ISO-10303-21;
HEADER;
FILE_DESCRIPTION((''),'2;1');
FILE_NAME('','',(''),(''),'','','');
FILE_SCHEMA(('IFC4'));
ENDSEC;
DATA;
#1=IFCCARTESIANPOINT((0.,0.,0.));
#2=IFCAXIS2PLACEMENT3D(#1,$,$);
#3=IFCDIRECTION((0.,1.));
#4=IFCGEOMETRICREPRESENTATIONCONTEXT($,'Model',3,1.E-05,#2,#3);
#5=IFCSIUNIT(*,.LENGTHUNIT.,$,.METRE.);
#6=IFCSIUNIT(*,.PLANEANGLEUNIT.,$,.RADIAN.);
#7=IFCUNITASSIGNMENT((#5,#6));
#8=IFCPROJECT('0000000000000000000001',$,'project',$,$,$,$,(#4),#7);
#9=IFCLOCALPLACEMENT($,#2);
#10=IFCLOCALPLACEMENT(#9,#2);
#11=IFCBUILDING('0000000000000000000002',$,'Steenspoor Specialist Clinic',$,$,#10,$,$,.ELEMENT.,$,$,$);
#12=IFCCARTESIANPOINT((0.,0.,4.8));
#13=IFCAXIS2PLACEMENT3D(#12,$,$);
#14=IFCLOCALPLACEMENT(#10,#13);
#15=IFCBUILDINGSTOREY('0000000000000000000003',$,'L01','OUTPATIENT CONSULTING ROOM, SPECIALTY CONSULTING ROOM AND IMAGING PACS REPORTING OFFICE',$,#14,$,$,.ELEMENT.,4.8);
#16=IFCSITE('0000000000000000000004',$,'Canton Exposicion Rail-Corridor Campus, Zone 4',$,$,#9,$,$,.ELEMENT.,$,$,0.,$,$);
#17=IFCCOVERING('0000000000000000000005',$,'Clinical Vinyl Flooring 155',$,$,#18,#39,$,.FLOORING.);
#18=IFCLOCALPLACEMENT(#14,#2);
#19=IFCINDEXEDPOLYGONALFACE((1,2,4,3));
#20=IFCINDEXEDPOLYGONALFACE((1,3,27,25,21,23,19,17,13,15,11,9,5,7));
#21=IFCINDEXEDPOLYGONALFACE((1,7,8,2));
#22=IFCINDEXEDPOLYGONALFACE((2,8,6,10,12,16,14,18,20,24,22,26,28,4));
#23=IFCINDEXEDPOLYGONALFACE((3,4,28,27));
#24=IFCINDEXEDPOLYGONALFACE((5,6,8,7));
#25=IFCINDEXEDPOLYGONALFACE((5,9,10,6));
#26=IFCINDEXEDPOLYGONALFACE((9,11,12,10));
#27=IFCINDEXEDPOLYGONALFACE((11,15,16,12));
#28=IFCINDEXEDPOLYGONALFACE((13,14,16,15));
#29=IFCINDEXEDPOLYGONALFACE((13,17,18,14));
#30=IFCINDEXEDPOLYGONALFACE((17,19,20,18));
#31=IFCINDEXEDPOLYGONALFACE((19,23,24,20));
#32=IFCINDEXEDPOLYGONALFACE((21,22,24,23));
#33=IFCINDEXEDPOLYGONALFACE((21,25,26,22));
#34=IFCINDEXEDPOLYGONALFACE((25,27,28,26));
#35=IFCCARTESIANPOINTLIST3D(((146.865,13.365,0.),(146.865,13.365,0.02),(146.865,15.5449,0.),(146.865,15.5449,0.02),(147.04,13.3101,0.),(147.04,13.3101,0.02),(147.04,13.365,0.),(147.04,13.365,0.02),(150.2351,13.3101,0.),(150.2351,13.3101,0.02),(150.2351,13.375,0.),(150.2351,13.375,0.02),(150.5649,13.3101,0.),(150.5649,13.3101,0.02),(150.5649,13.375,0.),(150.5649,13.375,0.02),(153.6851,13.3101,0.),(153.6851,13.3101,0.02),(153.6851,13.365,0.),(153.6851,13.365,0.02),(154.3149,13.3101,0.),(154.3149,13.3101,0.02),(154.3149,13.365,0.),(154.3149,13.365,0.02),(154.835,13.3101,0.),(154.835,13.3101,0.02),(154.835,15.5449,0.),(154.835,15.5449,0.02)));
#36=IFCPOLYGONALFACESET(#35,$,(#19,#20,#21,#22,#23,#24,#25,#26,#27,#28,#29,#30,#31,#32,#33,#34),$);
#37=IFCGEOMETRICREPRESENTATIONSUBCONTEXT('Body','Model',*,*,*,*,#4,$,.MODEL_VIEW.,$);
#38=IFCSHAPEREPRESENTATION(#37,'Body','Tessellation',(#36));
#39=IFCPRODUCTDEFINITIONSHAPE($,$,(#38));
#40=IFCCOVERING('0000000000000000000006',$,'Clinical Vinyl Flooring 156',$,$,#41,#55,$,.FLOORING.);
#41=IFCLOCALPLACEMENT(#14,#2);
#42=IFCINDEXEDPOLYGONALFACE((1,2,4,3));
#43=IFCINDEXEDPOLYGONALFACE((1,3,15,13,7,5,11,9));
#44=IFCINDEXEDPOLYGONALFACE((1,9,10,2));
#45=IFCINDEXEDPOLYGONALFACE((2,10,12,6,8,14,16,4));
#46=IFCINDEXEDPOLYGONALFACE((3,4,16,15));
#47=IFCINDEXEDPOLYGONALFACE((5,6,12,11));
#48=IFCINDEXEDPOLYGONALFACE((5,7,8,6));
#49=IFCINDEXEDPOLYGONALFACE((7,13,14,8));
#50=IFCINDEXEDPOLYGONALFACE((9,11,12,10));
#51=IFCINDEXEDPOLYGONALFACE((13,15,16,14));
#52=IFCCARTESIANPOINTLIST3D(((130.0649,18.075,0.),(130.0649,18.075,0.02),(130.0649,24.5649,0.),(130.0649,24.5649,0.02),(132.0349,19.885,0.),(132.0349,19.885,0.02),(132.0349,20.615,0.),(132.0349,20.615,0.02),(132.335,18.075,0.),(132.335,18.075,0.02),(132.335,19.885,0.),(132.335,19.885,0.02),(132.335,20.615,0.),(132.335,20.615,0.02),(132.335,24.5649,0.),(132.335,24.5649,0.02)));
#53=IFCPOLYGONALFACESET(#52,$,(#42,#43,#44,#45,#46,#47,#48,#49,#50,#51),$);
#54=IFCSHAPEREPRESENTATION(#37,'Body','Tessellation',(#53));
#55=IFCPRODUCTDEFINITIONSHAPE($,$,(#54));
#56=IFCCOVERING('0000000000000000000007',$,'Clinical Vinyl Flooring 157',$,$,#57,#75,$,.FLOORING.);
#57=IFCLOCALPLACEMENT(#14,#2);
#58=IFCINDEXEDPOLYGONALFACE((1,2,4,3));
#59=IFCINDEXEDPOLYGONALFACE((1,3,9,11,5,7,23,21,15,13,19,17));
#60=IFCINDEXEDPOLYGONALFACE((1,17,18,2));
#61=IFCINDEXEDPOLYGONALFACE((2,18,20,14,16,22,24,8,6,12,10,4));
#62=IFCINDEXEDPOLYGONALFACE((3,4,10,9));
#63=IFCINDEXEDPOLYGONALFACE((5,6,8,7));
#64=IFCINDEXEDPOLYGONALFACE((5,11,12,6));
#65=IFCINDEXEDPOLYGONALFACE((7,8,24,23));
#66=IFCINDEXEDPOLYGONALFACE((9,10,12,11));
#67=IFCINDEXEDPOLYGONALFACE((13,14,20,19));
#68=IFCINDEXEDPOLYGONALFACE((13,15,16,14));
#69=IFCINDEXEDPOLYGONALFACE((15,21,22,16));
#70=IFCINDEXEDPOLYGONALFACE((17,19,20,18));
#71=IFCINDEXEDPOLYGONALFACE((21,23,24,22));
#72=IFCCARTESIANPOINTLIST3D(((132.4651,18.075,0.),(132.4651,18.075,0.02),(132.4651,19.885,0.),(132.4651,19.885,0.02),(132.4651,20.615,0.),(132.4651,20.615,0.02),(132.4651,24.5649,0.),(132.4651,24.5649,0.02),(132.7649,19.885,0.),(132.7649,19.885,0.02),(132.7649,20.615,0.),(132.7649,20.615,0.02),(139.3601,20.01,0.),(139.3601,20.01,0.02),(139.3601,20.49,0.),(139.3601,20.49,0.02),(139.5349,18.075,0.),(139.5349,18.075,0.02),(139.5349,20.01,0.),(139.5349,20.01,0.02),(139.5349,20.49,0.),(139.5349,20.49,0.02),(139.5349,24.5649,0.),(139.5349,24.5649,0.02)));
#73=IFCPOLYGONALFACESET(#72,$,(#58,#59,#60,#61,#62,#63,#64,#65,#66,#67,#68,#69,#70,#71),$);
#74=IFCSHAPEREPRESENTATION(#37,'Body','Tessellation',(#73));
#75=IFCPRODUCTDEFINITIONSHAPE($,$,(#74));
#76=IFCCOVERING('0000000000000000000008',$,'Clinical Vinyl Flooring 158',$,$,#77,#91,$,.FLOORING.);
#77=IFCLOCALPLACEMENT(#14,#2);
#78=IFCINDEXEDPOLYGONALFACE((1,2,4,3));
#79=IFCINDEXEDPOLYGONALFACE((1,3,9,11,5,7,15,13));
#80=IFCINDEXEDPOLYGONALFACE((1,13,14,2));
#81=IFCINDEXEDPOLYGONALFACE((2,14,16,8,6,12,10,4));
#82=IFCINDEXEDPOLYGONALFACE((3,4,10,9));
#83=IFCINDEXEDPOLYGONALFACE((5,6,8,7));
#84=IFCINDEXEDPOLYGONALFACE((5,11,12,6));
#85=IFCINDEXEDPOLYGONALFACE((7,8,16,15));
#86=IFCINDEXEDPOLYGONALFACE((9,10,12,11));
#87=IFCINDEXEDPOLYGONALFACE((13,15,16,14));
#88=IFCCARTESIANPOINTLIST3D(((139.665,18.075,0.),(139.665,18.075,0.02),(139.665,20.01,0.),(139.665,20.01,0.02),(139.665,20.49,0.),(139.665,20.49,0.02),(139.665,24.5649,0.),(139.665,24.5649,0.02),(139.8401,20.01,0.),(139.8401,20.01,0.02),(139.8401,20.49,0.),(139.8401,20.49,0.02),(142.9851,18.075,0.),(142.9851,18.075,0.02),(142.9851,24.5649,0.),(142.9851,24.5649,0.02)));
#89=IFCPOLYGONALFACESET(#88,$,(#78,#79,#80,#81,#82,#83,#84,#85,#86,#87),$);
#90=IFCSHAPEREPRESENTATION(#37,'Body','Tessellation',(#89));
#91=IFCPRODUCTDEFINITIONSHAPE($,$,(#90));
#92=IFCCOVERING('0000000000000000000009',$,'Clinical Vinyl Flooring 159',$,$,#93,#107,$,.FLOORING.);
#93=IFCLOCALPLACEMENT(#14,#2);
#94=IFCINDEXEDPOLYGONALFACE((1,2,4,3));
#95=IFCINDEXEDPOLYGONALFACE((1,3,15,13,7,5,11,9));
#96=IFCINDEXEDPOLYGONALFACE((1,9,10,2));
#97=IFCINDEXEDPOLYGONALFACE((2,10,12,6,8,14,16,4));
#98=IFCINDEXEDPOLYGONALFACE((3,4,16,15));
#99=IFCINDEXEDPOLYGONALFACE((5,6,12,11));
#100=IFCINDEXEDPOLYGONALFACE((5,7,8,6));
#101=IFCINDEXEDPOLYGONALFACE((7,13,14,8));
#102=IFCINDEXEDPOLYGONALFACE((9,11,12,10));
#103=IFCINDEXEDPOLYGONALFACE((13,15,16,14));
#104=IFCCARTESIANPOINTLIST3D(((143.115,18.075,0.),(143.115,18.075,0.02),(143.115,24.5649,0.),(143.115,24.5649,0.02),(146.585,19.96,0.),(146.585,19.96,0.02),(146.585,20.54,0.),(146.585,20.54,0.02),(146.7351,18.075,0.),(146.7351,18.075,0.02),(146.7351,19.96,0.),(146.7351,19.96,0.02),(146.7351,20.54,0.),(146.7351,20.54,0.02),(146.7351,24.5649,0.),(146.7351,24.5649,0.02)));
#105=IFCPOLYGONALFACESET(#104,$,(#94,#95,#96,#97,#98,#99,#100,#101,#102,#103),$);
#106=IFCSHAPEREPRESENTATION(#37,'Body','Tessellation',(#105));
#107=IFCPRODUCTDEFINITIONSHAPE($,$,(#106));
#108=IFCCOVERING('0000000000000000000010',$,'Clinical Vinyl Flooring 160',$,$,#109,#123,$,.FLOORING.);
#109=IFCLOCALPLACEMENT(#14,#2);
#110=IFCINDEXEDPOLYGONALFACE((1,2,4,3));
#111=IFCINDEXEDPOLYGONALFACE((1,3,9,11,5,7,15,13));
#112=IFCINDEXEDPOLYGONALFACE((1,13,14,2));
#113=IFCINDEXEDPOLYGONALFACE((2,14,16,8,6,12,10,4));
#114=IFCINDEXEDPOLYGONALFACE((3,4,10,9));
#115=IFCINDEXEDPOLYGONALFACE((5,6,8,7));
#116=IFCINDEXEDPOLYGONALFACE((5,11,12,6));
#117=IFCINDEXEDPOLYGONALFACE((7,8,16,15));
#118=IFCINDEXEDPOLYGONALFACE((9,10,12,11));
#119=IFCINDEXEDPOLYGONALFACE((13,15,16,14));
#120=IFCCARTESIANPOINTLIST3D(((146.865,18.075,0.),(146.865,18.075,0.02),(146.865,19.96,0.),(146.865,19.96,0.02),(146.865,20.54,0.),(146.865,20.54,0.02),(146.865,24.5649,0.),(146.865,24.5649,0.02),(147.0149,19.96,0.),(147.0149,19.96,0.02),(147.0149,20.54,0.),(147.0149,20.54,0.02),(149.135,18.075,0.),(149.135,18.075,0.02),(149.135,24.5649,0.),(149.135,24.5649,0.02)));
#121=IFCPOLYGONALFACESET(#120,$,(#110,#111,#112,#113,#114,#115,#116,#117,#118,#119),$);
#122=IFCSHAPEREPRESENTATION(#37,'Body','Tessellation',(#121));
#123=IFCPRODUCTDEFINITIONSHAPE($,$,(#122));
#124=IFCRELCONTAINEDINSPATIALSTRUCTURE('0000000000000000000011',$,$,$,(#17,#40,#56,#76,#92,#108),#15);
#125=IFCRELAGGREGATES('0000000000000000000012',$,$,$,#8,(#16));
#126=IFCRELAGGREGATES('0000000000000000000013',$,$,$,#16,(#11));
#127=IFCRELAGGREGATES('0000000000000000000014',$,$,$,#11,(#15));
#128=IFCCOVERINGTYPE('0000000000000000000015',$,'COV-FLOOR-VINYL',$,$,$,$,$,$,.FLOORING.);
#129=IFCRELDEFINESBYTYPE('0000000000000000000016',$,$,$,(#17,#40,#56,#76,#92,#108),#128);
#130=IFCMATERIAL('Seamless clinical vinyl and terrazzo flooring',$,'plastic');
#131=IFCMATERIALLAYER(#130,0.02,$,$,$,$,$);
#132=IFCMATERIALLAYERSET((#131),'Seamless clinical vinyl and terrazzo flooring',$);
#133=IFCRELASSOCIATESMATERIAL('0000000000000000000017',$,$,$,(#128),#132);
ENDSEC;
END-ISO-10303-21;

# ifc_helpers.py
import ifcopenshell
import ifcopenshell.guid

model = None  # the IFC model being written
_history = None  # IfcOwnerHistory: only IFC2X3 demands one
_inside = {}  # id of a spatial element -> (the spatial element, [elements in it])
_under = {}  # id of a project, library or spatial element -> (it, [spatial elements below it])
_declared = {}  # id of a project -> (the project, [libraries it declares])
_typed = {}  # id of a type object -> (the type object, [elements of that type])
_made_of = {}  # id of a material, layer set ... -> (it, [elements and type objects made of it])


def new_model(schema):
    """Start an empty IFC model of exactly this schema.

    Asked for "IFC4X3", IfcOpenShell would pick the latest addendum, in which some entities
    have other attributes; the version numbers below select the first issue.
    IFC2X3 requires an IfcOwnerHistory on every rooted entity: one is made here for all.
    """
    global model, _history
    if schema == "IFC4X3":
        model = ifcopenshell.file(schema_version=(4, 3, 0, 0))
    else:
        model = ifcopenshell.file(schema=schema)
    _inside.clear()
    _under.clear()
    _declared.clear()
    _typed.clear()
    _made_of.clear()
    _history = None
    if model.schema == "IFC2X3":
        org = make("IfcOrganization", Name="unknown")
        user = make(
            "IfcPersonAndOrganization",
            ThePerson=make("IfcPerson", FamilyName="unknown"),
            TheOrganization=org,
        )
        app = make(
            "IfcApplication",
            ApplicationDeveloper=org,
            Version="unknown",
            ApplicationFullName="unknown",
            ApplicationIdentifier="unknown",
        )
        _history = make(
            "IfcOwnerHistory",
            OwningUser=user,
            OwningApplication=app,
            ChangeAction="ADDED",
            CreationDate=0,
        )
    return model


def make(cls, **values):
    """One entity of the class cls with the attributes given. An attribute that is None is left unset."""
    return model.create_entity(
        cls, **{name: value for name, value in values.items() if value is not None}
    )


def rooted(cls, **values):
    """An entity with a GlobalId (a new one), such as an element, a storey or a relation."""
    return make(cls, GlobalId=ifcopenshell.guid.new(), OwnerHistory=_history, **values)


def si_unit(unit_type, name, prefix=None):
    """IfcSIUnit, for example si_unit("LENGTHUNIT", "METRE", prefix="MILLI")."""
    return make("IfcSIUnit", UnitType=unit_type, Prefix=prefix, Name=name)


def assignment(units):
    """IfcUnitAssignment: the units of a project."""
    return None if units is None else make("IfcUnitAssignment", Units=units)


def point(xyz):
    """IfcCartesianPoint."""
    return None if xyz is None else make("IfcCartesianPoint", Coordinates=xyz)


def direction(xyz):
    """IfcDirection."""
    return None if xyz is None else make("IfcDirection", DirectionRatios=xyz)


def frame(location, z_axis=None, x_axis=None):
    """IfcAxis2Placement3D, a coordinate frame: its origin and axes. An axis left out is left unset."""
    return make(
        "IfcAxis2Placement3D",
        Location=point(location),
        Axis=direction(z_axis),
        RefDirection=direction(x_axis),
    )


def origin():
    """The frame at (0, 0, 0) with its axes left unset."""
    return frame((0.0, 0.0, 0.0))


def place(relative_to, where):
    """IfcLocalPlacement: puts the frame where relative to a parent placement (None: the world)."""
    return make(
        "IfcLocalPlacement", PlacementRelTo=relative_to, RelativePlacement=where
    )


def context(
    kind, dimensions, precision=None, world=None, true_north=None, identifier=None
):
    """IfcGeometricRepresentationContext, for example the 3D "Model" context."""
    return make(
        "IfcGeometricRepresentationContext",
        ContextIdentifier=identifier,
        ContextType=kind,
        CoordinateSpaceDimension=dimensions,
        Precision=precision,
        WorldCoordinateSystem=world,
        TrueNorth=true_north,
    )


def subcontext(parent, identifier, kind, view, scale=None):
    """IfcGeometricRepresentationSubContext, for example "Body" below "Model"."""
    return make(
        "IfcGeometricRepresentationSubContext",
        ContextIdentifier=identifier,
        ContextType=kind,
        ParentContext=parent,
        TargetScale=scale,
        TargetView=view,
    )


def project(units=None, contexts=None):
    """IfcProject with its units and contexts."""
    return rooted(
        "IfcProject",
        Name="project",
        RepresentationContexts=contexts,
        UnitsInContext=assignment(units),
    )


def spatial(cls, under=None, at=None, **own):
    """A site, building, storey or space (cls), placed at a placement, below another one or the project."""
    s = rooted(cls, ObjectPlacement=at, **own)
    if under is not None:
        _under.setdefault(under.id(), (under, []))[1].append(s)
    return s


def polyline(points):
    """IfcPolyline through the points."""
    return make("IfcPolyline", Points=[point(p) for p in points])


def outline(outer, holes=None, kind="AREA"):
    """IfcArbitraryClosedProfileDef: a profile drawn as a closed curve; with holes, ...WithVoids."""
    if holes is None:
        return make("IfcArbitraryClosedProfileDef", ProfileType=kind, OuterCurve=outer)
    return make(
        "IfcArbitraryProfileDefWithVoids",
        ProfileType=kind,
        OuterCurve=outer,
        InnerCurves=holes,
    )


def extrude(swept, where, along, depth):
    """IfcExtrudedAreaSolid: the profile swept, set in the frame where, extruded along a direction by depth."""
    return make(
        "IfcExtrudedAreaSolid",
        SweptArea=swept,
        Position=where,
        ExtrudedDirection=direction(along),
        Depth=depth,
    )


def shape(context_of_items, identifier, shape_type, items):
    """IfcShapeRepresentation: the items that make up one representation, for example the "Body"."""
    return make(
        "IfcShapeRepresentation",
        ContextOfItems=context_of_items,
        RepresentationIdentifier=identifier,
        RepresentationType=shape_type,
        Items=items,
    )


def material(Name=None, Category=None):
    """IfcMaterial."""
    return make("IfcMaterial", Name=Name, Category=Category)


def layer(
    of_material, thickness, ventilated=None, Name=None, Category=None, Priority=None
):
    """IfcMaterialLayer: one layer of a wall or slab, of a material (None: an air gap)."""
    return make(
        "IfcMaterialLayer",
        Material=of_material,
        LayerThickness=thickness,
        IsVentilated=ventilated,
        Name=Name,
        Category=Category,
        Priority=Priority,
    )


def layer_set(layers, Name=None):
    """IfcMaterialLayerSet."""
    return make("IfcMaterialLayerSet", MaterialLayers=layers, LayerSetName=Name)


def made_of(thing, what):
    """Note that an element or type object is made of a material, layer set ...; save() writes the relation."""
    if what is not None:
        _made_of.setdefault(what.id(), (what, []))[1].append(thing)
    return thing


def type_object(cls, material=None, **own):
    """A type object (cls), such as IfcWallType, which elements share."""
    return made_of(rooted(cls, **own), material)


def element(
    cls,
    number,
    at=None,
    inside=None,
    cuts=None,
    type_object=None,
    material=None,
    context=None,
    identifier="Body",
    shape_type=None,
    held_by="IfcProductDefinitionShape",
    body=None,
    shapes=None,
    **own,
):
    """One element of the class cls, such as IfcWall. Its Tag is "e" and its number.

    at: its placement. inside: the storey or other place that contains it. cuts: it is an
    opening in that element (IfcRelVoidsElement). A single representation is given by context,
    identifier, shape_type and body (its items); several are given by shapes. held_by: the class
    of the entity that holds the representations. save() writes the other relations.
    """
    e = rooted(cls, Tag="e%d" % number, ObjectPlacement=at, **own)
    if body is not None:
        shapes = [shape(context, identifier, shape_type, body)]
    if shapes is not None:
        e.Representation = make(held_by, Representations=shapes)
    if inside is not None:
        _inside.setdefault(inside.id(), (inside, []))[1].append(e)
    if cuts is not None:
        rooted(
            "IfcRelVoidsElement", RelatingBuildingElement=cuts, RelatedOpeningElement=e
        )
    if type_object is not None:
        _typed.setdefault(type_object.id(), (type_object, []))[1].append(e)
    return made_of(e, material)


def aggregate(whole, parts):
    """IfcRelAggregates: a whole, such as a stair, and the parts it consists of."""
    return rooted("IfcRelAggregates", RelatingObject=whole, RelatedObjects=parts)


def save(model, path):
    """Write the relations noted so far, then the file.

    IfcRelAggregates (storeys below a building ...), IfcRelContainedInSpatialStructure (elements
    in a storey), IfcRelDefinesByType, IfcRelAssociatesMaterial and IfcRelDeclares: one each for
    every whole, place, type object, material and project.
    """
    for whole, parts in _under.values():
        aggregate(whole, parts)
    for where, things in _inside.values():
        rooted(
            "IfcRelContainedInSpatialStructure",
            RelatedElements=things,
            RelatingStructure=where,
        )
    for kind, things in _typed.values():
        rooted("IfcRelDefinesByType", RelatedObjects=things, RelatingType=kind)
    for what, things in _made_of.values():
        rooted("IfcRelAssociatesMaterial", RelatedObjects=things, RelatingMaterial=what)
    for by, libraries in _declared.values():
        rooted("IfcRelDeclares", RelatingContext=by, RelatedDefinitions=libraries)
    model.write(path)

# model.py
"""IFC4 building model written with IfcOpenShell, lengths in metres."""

from ifc_helpers import new_model, si_unit, direction, frame, origin, place, context, subcontext, project, spatial, polyline, outline, extrude, material, layer, layer_set, type_object, element, save


model = new_model("IFC4")

# Units and contexts
model_context = context("Model", 3, precision=1e-05, world=origin(), true_north=direction((0.0, 1.0)))
body_context = subcontext(model_context, "Body", "Model", "MODEL_VIEW")
ifc_project = project(units=[si_unit("LENGTHUNIT", "METRE"), si_unit("PLANEANGLEUNIT", "RADIAN")], contexts=[model_context])

# Site, building, storey
site_placement = place(None, origin())
site = spatial("IfcSite", under=ifc_project, at=site_placement, Name="Canton Exposicion Rail-Corridor Campus, Zone 4", CompositionType="ELEMENT", RefElevation=0.0)
building_placement = place(site_placement, origin())
building = spatial("IfcBuilding", under=site, at=building_placement, Name="Steenspoor Specialist Clinic", CompositionType="ELEMENT")
storey_placement = place(building_placement, frame((0.0, 0.0, 4.8)))
storey = spatial("IfcBuildingStorey", under=building, at=storey_placement, Name="L01", Description="OUTPATIENT CONSULTING ROOM, SPECIALTY CONSULTING ROOM AND IMAGING PACS REPORTING OFFICE", CompositionType="ELEMENT", Elevation=4.8)

# Coverings
ifc_material_1 = material(Name="Seamless clinical vinyl and terrazzo flooring", Category="plastic")
ifc_layer_1 = layer(ifc_material_1, 0.02)
ifc_layer_set_1 = layer_set([ifc_layer_1], Name="Seamless clinical vinyl and terrazzo flooring")
covering_type_1 = type_object("IfcCoveringType", Name="COV-FLOOR-VINYL", PredefinedType="FLOORING", material=ifc_layer_set_1)
covering_1_placement = place(storey_placement, origin())
element("IfcCovering", 1, at=covering_1_placement, inside=storey, type_object=covering_type_1, Name="Clinical Vinyl Flooring 155", PredefinedType="FLOORING", context=body_context, shape_type="SweptSolid", body=[
    extrude(outline(polyline([(154.835, 13.3101), (154.3149, 13.3101), (154.3149, 13.365), (153.6851, 13.365), (153.6851, 13.3101), (150.5649, 13.3101), (150.5649, 13.375), (150.2351, 13.375), (150.2351, 13.3101), (147.04, 13.3101), (147.04, 13.365), (146.865, 13.365), (146.865, 15.5449), (154.835, 15.5449), (154.835, 13.3101)])), origin(), (0.0, 0.0, 1.0), 0.02),
])
covering_2_placement = place(storey_placement, origin())
element("IfcCovering", 2, at=covering_2_placement, inside=storey, type_object=covering_type_1, Name="Clinical Vinyl Flooring 156", PredefinedType="FLOORING", context=body_context, shape_type="SweptSolid", body=[
    extrude(outline(polyline([(130.0649, 18.075), (130.0649, 24.5649), (132.335, 24.5649), (132.335, 20.615), (132.0349, 20.615), (132.0349, 19.885), (132.335, 19.885), (132.335, 18.075), (130.0649, 18.075)])), origin(), (0.0, 0.0, 1.0), 0.02),
])
covering_3_placement = place(storey_placement, origin())
element("IfcCovering", 3, at=covering_3_placement, inside=storey, type_object=covering_type_1, Name="Clinical Vinyl Flooring 157", PredefinedType="FLOORING", context=body_context, shape_type="SweptSolid", body=[
    extrude(outline(polyline([(132.4651, 18.075), (132.4651, 19.885), (132.7649, 19.885), (132.7649, 20.615), (132.4651, 20.615), (132.4651, 24.5649), (139.5349, 24.5649), (139.5349, 20.49), (139.3601, 20.49), (139.3601, 20.01), (139.5349, 20.01), (139.5349, 18.075), (132.4651, 18.075)])), origin(), (0.0, 0.0, 1.0), 0.02),
])
covering_4_placement = place(storey_placement, origin())
element("IfcCovering", 4, at=covering_4_placement, inside=storey, type_object=covering_type_1, Name="Clinical Vinyl Flooring 158", PredefinedType="FLOORING", context=body_context, shape_type="SweptSolid", body=[
    extrude(outline(polyline([(139.665, 18.075), (139.665, 20.01), (139.8401, 20.01), (139.8401, 20.49), (139.665, 20.49), (139.665, 24.5649), (142.9851, 24.5649), (142.9851, 18.075), (139.665, 18.075)])), origin(), (0.0, 0.0, 1.0), 0.02),
])
covering_5_placement = place(storey_placement, origin())
element("IfcCovering", 5, at=covering_5_placement, inside=storey, type_object=covering_type_1, Name="Clinical Vinyl Flooring 159", PredefinedType="FLOORING", context=body_context, shape_type="SweptSolid", body=[
    extrude(outline(polyline([(143.115, 18.075), (143.115, 24.5649), (146.7351, 24.5649), (146.7351, 20.54), (146.585, 20.54), (146.585, 19.96), (146.7351, 19.96), (146.7351, 18.075), (143.115, 18.075)])), origin(), (0.0, 0.0, 1.0), 0.02),
])
covering_6_placement = place(storey_placement, origin())
element("IfcCovering", 6, at=covering_6_placement, inside=storey, type_object=covering_type_1, Name="Clinical Vinyl Flooring 160", PredefinedType="FLOORING", context=body_context, shape_type="SweptSolid", body=[
    extrude(outline(polyline([(149.135, 18.075), (146.865, 18.075), (146.865, 19.96), (147.0149, 19.96), (147.0149, 20.54), (146.865, 20.54), (146.865, 24.5649), (149.135, 24.5649), (149.135, 18.075)])), origin(), (0.0, 0.0, 1.0), 0.02),
])

save(model, "model.ifc")
